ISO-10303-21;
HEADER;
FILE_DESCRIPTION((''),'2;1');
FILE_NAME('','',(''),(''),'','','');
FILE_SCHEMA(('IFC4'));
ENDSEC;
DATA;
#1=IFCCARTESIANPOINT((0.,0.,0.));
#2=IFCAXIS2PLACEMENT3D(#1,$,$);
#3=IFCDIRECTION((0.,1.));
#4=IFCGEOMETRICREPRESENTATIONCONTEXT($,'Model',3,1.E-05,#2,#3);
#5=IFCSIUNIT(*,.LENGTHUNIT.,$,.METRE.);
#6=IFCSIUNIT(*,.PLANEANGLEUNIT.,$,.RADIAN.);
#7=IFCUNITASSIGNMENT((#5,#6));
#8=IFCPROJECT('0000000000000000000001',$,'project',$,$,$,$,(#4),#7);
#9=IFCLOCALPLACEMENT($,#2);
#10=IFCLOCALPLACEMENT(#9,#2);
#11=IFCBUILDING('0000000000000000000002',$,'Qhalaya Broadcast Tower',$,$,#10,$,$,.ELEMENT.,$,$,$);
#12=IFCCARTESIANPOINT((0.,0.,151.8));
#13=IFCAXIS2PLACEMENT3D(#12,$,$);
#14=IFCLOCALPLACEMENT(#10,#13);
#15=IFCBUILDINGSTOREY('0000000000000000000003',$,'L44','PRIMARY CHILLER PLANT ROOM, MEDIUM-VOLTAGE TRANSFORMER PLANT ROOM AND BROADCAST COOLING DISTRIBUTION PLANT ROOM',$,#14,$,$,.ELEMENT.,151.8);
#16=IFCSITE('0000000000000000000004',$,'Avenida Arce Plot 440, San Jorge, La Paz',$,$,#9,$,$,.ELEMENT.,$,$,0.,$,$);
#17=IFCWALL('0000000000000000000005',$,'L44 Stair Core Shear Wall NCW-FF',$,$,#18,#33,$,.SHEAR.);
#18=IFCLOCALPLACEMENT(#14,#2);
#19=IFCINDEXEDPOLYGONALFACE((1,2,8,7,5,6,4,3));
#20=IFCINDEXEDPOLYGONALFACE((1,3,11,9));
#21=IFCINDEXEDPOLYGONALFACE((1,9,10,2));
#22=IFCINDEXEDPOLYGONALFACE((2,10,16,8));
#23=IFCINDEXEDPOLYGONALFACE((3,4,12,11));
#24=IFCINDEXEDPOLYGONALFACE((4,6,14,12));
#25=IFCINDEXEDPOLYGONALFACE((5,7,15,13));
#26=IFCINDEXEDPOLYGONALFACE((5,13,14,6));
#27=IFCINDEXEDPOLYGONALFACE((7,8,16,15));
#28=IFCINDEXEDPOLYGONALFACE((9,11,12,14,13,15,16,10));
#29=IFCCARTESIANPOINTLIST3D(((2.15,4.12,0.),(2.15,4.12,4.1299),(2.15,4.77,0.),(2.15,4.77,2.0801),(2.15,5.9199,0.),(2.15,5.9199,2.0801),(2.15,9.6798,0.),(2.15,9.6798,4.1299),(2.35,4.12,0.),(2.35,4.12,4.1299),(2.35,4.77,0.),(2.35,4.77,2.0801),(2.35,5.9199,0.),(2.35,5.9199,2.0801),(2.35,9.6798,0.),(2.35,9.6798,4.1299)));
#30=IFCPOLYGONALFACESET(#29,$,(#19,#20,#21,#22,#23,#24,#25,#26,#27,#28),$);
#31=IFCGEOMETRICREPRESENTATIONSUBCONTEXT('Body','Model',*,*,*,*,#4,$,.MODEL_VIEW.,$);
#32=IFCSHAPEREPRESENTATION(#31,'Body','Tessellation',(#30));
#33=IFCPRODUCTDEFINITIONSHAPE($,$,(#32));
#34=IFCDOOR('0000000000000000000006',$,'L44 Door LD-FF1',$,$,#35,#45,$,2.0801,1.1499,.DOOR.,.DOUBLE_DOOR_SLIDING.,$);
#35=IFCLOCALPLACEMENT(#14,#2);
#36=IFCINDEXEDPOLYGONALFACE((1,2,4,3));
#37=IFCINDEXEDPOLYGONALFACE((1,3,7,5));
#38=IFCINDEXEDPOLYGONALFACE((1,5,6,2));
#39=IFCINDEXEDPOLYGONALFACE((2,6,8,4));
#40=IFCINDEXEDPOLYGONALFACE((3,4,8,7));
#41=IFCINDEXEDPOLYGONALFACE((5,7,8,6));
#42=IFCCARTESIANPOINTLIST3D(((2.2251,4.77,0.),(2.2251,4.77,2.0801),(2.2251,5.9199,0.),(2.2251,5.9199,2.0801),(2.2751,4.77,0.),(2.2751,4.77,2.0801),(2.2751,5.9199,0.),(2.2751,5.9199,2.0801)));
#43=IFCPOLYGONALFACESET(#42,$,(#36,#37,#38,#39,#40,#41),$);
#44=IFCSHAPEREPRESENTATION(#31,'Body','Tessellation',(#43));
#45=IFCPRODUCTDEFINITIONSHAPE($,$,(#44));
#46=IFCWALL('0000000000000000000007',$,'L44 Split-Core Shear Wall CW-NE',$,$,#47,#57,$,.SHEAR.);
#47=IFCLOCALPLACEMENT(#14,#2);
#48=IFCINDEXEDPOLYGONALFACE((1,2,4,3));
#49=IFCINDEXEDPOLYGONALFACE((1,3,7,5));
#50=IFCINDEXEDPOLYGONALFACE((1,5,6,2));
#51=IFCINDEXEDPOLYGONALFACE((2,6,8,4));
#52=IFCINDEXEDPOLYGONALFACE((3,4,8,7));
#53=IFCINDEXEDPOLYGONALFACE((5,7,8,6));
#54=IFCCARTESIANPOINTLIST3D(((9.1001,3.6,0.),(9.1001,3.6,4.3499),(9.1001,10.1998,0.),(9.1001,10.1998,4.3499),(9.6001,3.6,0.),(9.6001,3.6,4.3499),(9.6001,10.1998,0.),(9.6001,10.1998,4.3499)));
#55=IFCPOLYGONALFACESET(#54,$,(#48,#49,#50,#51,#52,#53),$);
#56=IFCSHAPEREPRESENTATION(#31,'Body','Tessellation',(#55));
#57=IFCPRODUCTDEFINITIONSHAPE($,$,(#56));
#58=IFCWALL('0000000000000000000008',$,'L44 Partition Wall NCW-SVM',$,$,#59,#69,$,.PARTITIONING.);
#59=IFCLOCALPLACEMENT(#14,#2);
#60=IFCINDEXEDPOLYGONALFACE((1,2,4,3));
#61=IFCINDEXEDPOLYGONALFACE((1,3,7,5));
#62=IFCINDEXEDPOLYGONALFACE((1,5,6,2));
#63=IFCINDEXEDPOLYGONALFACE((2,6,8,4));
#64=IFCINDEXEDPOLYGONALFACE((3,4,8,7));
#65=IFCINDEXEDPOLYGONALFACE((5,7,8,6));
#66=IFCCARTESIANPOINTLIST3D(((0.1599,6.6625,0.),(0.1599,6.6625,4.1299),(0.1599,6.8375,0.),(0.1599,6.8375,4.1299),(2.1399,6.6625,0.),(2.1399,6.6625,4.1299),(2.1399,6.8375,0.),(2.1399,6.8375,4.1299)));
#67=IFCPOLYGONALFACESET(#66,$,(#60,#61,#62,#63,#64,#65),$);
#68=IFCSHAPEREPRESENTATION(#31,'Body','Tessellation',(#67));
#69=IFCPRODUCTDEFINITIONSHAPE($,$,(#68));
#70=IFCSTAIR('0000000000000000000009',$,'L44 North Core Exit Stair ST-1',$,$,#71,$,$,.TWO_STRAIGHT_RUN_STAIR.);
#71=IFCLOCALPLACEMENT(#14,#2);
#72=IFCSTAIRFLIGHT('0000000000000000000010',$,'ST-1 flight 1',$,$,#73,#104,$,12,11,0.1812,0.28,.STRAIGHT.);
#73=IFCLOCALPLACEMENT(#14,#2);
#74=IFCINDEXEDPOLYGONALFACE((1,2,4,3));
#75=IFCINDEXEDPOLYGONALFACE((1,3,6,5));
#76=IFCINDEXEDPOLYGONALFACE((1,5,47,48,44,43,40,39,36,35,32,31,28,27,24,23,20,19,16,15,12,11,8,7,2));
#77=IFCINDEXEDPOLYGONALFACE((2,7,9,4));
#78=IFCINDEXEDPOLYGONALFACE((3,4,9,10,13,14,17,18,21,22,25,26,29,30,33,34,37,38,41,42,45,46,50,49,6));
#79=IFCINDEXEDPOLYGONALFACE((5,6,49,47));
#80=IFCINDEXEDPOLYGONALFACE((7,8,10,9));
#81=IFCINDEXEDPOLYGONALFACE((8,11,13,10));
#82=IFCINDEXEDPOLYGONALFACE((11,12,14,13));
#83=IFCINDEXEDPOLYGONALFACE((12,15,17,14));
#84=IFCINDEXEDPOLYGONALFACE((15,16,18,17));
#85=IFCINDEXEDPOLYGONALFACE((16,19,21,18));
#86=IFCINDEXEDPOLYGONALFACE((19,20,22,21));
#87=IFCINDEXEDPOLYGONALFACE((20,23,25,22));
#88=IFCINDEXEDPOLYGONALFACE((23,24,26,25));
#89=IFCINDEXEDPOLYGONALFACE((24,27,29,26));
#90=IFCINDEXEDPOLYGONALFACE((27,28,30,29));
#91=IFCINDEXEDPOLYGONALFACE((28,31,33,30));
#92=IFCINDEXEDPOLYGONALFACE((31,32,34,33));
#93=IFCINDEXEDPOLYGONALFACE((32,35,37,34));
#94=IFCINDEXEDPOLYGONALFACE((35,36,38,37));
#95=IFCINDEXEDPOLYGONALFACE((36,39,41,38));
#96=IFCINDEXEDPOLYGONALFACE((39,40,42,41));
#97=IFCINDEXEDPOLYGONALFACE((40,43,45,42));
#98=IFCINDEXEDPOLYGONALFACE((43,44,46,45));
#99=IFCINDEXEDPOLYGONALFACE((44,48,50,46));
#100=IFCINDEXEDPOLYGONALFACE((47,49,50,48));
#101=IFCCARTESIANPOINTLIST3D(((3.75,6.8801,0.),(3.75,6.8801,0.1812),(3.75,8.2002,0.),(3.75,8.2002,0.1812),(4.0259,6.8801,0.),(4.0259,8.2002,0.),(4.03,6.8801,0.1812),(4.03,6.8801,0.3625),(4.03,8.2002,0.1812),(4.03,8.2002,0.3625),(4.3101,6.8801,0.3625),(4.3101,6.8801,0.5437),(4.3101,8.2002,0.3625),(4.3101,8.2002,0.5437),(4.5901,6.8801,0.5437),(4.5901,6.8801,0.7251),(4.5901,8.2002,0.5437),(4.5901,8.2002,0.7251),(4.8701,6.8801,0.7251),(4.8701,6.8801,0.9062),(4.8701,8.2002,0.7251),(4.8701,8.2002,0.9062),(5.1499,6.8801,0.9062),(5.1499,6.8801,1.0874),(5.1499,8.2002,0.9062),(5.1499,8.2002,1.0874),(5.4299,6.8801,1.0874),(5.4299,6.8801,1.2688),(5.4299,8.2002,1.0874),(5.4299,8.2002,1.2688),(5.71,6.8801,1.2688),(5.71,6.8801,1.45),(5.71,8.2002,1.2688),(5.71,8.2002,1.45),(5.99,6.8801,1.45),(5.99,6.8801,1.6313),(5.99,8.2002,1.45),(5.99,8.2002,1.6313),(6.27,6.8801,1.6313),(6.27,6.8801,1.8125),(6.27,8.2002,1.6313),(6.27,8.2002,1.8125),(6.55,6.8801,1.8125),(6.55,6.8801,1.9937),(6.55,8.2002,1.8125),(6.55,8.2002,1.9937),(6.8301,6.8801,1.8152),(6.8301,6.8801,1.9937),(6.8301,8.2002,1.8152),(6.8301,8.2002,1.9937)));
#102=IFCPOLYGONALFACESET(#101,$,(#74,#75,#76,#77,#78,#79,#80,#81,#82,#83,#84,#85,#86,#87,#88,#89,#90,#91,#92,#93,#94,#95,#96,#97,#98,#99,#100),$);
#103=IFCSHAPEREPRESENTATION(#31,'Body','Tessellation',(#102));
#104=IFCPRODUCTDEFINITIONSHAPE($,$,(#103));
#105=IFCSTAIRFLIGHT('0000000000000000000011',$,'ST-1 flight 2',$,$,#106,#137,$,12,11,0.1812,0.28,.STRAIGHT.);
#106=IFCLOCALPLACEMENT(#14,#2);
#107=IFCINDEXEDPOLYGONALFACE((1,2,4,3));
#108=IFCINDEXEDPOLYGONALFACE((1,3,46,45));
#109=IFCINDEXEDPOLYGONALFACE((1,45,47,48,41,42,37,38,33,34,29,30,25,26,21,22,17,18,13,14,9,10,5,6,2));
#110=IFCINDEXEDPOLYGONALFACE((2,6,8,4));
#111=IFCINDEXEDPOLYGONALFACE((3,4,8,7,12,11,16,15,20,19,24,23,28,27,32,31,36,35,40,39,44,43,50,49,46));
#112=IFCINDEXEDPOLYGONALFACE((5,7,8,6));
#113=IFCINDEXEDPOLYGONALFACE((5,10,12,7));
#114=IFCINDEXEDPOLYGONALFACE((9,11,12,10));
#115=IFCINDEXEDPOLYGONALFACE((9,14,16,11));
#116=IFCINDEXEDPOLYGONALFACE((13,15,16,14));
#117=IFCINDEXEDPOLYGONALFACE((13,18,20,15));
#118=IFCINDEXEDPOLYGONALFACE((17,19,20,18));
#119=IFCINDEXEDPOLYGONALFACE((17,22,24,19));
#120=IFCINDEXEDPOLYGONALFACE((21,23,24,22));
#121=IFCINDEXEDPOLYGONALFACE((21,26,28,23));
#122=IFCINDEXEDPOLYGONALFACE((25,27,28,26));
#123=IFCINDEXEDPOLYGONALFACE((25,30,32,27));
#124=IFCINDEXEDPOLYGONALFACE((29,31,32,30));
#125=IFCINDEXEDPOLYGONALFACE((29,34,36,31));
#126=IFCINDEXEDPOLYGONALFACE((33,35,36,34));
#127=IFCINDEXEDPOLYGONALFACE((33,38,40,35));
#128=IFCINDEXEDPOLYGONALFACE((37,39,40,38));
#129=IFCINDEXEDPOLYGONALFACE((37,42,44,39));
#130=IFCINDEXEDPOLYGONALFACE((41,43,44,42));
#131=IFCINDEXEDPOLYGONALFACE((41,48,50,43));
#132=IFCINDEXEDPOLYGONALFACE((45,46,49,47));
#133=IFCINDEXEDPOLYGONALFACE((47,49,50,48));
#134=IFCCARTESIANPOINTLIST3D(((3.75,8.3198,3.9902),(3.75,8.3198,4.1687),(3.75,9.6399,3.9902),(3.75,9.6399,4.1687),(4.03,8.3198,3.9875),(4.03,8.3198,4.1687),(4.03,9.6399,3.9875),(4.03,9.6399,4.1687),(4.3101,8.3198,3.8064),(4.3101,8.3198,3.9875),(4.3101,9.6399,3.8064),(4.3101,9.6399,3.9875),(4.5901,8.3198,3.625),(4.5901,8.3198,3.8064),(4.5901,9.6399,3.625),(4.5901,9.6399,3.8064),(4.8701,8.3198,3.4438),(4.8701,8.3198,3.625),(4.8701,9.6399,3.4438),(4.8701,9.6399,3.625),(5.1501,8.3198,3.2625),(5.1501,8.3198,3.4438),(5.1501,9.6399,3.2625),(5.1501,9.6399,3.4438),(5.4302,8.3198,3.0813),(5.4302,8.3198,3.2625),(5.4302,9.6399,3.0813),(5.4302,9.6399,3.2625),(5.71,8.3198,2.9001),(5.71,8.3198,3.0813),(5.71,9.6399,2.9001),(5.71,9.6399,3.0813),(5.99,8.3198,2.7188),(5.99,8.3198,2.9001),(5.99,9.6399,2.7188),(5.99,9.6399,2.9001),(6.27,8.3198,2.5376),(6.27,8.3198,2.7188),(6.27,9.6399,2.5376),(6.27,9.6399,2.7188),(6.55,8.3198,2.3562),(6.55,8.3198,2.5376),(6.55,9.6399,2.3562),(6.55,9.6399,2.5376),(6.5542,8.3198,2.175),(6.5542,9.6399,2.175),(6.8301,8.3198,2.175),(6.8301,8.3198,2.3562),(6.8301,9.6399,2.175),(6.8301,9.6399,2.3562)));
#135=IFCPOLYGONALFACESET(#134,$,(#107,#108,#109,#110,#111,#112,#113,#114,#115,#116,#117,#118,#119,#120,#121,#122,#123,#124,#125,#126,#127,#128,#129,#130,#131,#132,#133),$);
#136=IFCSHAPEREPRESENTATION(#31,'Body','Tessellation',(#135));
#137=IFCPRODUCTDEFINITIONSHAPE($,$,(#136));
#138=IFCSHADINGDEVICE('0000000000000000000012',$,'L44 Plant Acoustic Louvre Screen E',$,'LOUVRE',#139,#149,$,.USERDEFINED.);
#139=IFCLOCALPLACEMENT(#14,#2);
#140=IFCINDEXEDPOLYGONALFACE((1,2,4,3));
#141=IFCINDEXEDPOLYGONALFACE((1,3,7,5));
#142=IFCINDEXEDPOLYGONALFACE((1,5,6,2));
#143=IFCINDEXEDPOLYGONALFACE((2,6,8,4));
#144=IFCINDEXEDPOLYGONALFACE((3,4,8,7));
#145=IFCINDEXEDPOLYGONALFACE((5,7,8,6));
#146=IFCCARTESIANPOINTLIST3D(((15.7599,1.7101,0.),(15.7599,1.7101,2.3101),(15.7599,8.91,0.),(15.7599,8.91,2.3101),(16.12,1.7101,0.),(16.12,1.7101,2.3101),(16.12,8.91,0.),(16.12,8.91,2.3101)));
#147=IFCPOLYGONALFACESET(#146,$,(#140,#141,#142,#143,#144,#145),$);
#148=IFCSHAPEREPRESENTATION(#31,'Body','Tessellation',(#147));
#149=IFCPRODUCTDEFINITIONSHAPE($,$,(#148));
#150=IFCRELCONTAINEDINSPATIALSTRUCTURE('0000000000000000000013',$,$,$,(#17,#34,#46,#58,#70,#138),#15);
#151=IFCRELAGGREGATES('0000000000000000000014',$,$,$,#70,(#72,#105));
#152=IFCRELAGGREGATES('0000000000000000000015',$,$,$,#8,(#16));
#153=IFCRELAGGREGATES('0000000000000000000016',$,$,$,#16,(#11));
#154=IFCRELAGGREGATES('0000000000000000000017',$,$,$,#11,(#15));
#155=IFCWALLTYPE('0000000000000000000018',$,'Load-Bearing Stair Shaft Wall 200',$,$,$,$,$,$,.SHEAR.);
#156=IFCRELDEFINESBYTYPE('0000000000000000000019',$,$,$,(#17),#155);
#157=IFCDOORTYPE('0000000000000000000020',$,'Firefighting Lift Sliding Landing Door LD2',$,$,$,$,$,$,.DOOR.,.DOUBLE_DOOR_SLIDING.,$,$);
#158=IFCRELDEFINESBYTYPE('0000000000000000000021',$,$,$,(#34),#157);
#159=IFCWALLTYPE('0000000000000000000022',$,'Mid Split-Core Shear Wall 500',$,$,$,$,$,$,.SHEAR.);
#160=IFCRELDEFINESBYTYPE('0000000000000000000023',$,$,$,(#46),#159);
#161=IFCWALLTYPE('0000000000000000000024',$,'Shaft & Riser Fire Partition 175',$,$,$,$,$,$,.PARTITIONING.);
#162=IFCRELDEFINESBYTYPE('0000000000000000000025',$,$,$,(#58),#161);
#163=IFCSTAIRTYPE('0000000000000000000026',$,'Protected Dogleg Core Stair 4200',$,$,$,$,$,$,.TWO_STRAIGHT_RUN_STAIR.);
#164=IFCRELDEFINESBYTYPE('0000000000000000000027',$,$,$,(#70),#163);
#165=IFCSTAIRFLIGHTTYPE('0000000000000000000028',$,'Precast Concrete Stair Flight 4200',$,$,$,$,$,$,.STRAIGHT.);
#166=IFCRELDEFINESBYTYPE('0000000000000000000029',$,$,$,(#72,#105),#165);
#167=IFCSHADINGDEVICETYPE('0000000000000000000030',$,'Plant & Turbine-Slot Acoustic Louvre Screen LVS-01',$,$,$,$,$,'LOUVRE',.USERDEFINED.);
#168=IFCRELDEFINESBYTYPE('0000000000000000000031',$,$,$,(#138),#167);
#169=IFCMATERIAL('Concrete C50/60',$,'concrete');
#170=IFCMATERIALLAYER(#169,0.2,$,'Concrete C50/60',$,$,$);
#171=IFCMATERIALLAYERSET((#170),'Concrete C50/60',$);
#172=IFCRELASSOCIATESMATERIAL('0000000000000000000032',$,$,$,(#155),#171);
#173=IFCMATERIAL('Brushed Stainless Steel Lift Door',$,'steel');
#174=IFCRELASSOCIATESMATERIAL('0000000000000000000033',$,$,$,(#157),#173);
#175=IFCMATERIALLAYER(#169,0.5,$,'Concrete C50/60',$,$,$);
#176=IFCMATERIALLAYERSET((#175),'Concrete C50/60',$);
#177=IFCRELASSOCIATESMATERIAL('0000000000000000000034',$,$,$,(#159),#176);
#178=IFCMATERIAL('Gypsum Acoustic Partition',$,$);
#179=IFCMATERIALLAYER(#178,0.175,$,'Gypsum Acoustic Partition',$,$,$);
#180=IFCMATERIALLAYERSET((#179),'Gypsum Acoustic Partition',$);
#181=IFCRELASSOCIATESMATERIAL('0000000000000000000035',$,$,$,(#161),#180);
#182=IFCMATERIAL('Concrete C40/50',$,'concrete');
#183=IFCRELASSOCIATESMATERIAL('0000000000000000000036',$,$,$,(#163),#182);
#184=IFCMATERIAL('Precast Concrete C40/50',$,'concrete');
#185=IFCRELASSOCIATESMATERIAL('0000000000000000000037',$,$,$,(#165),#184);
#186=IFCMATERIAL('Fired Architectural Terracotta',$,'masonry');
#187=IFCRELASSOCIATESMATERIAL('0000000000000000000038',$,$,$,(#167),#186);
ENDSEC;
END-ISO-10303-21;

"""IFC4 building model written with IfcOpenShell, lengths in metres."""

from ifc_helpers import new_model, si_unit, direction, frame, frame_2d, origin, origin_2d, place, context, subcontext, project, spatial, polyline, rectangle, outline, extrude, material, layer, layer_set, type_object, element, fill, aggregate, save


model = new_model("IFC4")

# Units and contexts
model_context = context("Model", 3, precision=1e-05, world=origin(), true_north=direction((0.0, 1.0)))
body_context = subcontext(model_context, "Body", "Model", "MODEL_VIEW")
ifc_project = project(units=[si_unit("LENGTHUNIT", "METRE"), si_unit("PLANEANGLEUNIT", "RADIAN")], contexts=[model_context])

# Site, building, storey
site_placement = place(None, origin())
site = spatial("IfcSite", under=ifc_project, at=site_placement, Name="Avenida Arce Plot 440, San Jorge, La Paz", CompositionType="ELEMENT", RefElevation=0.0)
building_placement = place(site_placement, origin())
building = spatial("IfcBuilding", under=site, at=building_placement, Name="Qhalaya Broadcast Tower", CompositionType="ELEMENT")
storey_placement = place(building_placement, frame((0.0, 0.0, 151.8)))
storey = spatial("IfcBuildingStorey", under=building, at=storey_placement, Name="L44", Description="PRIMARY CHILLER PLANT ROOM, MEDIUM-VOLTAGE TRANSFORMER PLANT ROOM AND BROADCAST COOLING DISTRIBUTION PLANT ROOM", CompositionType="ELEMENT", Elevation=151.8)

# Shared definitions
ifc_material_1 = material(Name="Concrete C50/60", Category="concrete")

# Wall, opening, door
ifc_layer_1 = layer(ifc_material_1, 0.2, Name="Concrete C50/60")
ifc_layer_set_1 = layer_set([ifc_layer_1], Name="Concrete C50/60")
wall_type_1 = type_object("IfcWallType", Name="Load-Bearing Stair Shaft Wall 200", PredefinedType="SHEAR", material=ifc_layer_set_1)
wall_1_placement = place(storey_placement, frame((2.25, 4.1201, 0.0), z_axis=(0.0, 0.0, 1.0), x_axis=(0.0, 1.0, 0.0)))
wall_1 = element("IfcWall", 1, at=wall_1_placement, inside=storey, type_object=wall_type_1, Name="L44 Stair Core Shear Wall NCW-FF", PredefinedType="SHEAR", context=body_context, shape_type="SweptSolid", body=[
    extrude(rectangle(XDim=5.5598, YDim=0.2, at=frame_2d((2.7798, 0.0))), origin(), (0.0, 0.0, 1.0), 4.1299),
])
opening_1_placement = place(wall_1_placement, frame((0.6499, 0.0, 0.0)))
opening_1 = element("IfcOpeningElement", 2, at=opening_1_placement, cuts=wall_1, PredefinedType="OPENING", context=body_context, shape_type="SweptSolid", body=[
    extrude(rectangle(XDim=1.1499, YDim=2.0801, at=frame_2d((0.575, 1.04))), frame((0.0, 0.1121, 0.0), z_axis=(0.0, -1.0, 0.0), x_axis=(1.0, 0.0, 0.0)), (0.0, 0.0, 1.0), 0.2239),
])
ifc_material_2 = material(Name="Brushed Stainless Steel Lift Door", Category="steel")
door_type_1 = type_object("IfcDoorType", Name="Firefighting Lift Sliding Landing Door LD2", OperationType="DOUBLE_DOOR_SLIDING", PredefinedType="DOOR", material=ifc_material_2)
door_1_placement = place(opening_1_placement, origin())
door_1 = element("IfcDoor", 3, at=door_1_placement, inside=storey, type_object=door_type_1, Name="L44 Door LD-FF1", OperationType="DOUBLE_DOOR_SLIDING", OverallHeight=2.0801, OverallWidth=1.1499, PredefinedType="DOOR", context=body_context, shape_type="SweptSolid", body=[
    extrude(rectangle(XDim=1.1499, YDim=2.0801, at=frame_2d((0.575, 1.04))), frame((0.0, 0.0249, 0.0), z_axis=(0.0, -1.0, 0.0), x_axis=(1.0, 0.0, 0.0)), (0.0, 0.0, 1.0), 0.05),
])
fill(opening_1, door_1)

# Wall
ifc_layer_2 = layer(ifc_material_1, 0.5, Name="Concrete C50/60")
ifc_layer_set_2 = layer_set([ifc_layer_2], Name="Concrete C50/60")
wall_type_2 = type_object("IfcWallType", Name="Mid Split-Core Shear Wall 500", PredefinedType="SHEAR", material=ifc_layer_set_2)
wall_2_placement = place(storey_placement, frame((9.3501, 3.6001, 0.0), z_axis=(0.0, 0.0, 1.0), x_axis=(0.0, 1.0, 0.0)))
element("IfcWall", 4, at=wall_2_placement, inside=storey, type_object=wall_type_2, Name="L44 Split-Core Shear Wall CW-NE", PredefinedType="SHEAR", context=body_context, shape_type="SweptSolid", body=[
    extrude(rectangle(XDim=6.5999, YDim=0.5, at=frame_2d((3.2998, 0.0))), origin(), (0.0, 0.0, 1.0), 4.3499),
])

# Shared definitions
ifc_material_3 = material(Name="Gypsum Acoustic Partition")
ifc_layer_3 = layer(ifc_material_3, 0.175, Name="Gypsum Acoustic Partition")
ifc_layer_set_3 = layer_set([ifc_layer_3], Name="Gypsum Acoustic Partition")
wall_type_3 = type_object("IfcWallType", Name="Shaft & Riser Fire Partition 175", PredefinedType="PARTITIONING", material=ifc_layer_set_3)

# Wall
wall_3_placement = place(storey_placement, frame((0.1599, 6.75, 0.0), z_axis=(0.0, 0.0, 1.0), x_axis=(1.0, 0.0, 0.0)))
element("IfcWall", 5, at=wall_3_placement, inside=storey, type_object=wall_type_3, Name="L44 Partition Wall NCW-SVM", PredefinedType="PARTITIONING", context=body_context, shape_type="SweptSolid", body=[
    extrude(rectangle(XDim=1.98, YDim=0.175, at=frame_2d((0.99, 0.0))), origin(), (0.0, 0.0, 1.0), 4.1299),
])

# Stair, stair flights
ifc_material_4 = material(Name="Concrete C40/50", Category="concrete")
stair_type = type_object("IfcStairType", Name="Protected Dogleg Core Stair 4200", PredefinedType="TWO_STRAIGHT_RUN_STAIR", material=ifc_material_4)
stair_placement = place(storey_placement, origin())
stair = element("IfcStair", 6, at=stair_placement, inside=storey, type_object=stair_type, Name="L44 North Core Exit Stair ST-1", PredefinedType="TWO_STRAIGHT_RUN_STAIR")
ifc_material_5 = material(Name="Precast Concrete C40/50", Category="concrete")
stair_flight_type = type_object("IfcStairFlightType", Name="Precast Concrete Stair Flight 4200", PredefinedType="STRAIGHT", material=ifc_material_5)
stair_flight_1_placement = place(storey_placement, frame((3.75, 7.54, 0.0), z_axis=(0.0, 0.0, 1.0), x_axis=(1.0, 0.0, 0.0)))
stair_flight_1 = element("IfcStairFlight", 7, at=stair_flight_1_placement, type_object=stair_flight_type, Name="ST-1 flight 1", NumberOfRisers=12, NumberOfTreads=11, PredefinedType="STRAIGHT", RiserHeight=0.1812, TreadLength=0.28, context=body_context, shape_type="SweptSolid", body=[
    extrude(outline(polyline([(0.0, 0.0), (0.0, 0.1812), (0.28, 0.1812), (0.28, 0.3625), (0.5601, 0.3625), (0.5601, 0.5437), (0.8401, 0.5437), (0.8401, 0.7251), (1.1201, 0.7251), (1.1201, 0.9062), (1.3999, 0.9062), (1.3999, 1.0874), (1.6799, 1.0874), (1.6799, 1.2688), (1.96, 1.2688), (1.96, 1.45), (2.24, 1.45), (2.24, 1.6313), (2.52, 1.6313), (2.52, 1.8125), (2.8, 1.8125), (2.8, 1.9937), (3.0801, 1.9937), (3.0801, 2.175), (3.0801, 1.8152), (0.2759, 0.0), (0.0, 0.0)])), frame((0.0, 0.6602, 0.0), z_axis=(0.0, -1.0, 0.0), x_axis=(1.0, 0.0, 0.0)), (0.0, 0.0, 1.0), 1.3201),
])
stair_flight_2_placement = place(storey_placement, frame((6.8301, 8.98, 2.175), z_axis=(0.0, 0.0, 1.0), x_axis=(-1.0, 0.0, 0.0)))
stair_flight_2 = element("IfcStairFlight", 8, at=stair_flight_2_placement, type_object=stair_flight_type, Name="ST-1 flight 2", NumberOfRisers=12, NumberOfTreads=11, PredefinedType="STRAIGHT", RiserHeight=0.1812, TreadLength=0.28, context=body_context, shape_type="SweptSolid", body=[
    extrude(outline(polyline([(0.0, 0.0), (0.0, 0.1812), (0.28, 0.1812), (0.28, 0.3625), (0.5601, 0.3625), (0.5601, 0.5437), (0.8401, 0.5437), (0.8401, 0.7251), (1.1201, 0.7251), (1.1201, 0.9062), (1.3999, 0.9062), (1.3999, 1.0874), (1.6799, 1.0874), (1.6799, 1.2688), (1.96, 1.2688), (1.96, 1.45), (2.24, 1.45), (2.24, 1.6313), (2.52, 1.6313), (2.52, 1.8125), (2.8, 1.8125), (2.8, 1.9937), (3.0801, 1.9937), (3.0801, 2.175), (3.0801, 1.8152), (0.2759, 0.0), (0.0, 0.0)])), frame((0.0, 0.6602, 0.0), z_axis=(0.0, -1.0, 0.0), x_axis=(1.0, 0.0, 0.0)), (0.0, 0.0, 1.0), 1.3201),
])
aggregate(stair, [stair_flight_1, stair_flight_2])

# Shading device
ifc_material_6 = material(Name="Fired Architectural Terracotta", Category="masonry")
shading_device_type = type_object("IfcShadingDeviceType", Name="Plant & Turbine-Slot Acoustic Louvre Screen LVS-01", ElementType="LOUVRE", PredefinedType="USERDEFINED", material=ifc_material_6)
shading_device_placement = place(storey_placement, frame((15.9399, 5.3101, 0.0), z_axis=(0.0, 0.0, 1.0), x_axis=(0.0, -1.0, 0.0)))
element("IfcShadingDevice", 9, at=shading_device_placement, inside=storey, type_object=shading_device_type, Name="L44 Plant Acoustic Louvre Screen E", ObjectType="LOUVRE", PredefinedType="USERDEFINED", context=body_context, shape_type="SweptSolid", body=[
    extrude(rectangle(XDim=7.2, YDim=0.3601, at=origin_2d()), origin(), (0.0, 0.0, 1.0), 2.3101),
])

save(model, "model.ifc")
